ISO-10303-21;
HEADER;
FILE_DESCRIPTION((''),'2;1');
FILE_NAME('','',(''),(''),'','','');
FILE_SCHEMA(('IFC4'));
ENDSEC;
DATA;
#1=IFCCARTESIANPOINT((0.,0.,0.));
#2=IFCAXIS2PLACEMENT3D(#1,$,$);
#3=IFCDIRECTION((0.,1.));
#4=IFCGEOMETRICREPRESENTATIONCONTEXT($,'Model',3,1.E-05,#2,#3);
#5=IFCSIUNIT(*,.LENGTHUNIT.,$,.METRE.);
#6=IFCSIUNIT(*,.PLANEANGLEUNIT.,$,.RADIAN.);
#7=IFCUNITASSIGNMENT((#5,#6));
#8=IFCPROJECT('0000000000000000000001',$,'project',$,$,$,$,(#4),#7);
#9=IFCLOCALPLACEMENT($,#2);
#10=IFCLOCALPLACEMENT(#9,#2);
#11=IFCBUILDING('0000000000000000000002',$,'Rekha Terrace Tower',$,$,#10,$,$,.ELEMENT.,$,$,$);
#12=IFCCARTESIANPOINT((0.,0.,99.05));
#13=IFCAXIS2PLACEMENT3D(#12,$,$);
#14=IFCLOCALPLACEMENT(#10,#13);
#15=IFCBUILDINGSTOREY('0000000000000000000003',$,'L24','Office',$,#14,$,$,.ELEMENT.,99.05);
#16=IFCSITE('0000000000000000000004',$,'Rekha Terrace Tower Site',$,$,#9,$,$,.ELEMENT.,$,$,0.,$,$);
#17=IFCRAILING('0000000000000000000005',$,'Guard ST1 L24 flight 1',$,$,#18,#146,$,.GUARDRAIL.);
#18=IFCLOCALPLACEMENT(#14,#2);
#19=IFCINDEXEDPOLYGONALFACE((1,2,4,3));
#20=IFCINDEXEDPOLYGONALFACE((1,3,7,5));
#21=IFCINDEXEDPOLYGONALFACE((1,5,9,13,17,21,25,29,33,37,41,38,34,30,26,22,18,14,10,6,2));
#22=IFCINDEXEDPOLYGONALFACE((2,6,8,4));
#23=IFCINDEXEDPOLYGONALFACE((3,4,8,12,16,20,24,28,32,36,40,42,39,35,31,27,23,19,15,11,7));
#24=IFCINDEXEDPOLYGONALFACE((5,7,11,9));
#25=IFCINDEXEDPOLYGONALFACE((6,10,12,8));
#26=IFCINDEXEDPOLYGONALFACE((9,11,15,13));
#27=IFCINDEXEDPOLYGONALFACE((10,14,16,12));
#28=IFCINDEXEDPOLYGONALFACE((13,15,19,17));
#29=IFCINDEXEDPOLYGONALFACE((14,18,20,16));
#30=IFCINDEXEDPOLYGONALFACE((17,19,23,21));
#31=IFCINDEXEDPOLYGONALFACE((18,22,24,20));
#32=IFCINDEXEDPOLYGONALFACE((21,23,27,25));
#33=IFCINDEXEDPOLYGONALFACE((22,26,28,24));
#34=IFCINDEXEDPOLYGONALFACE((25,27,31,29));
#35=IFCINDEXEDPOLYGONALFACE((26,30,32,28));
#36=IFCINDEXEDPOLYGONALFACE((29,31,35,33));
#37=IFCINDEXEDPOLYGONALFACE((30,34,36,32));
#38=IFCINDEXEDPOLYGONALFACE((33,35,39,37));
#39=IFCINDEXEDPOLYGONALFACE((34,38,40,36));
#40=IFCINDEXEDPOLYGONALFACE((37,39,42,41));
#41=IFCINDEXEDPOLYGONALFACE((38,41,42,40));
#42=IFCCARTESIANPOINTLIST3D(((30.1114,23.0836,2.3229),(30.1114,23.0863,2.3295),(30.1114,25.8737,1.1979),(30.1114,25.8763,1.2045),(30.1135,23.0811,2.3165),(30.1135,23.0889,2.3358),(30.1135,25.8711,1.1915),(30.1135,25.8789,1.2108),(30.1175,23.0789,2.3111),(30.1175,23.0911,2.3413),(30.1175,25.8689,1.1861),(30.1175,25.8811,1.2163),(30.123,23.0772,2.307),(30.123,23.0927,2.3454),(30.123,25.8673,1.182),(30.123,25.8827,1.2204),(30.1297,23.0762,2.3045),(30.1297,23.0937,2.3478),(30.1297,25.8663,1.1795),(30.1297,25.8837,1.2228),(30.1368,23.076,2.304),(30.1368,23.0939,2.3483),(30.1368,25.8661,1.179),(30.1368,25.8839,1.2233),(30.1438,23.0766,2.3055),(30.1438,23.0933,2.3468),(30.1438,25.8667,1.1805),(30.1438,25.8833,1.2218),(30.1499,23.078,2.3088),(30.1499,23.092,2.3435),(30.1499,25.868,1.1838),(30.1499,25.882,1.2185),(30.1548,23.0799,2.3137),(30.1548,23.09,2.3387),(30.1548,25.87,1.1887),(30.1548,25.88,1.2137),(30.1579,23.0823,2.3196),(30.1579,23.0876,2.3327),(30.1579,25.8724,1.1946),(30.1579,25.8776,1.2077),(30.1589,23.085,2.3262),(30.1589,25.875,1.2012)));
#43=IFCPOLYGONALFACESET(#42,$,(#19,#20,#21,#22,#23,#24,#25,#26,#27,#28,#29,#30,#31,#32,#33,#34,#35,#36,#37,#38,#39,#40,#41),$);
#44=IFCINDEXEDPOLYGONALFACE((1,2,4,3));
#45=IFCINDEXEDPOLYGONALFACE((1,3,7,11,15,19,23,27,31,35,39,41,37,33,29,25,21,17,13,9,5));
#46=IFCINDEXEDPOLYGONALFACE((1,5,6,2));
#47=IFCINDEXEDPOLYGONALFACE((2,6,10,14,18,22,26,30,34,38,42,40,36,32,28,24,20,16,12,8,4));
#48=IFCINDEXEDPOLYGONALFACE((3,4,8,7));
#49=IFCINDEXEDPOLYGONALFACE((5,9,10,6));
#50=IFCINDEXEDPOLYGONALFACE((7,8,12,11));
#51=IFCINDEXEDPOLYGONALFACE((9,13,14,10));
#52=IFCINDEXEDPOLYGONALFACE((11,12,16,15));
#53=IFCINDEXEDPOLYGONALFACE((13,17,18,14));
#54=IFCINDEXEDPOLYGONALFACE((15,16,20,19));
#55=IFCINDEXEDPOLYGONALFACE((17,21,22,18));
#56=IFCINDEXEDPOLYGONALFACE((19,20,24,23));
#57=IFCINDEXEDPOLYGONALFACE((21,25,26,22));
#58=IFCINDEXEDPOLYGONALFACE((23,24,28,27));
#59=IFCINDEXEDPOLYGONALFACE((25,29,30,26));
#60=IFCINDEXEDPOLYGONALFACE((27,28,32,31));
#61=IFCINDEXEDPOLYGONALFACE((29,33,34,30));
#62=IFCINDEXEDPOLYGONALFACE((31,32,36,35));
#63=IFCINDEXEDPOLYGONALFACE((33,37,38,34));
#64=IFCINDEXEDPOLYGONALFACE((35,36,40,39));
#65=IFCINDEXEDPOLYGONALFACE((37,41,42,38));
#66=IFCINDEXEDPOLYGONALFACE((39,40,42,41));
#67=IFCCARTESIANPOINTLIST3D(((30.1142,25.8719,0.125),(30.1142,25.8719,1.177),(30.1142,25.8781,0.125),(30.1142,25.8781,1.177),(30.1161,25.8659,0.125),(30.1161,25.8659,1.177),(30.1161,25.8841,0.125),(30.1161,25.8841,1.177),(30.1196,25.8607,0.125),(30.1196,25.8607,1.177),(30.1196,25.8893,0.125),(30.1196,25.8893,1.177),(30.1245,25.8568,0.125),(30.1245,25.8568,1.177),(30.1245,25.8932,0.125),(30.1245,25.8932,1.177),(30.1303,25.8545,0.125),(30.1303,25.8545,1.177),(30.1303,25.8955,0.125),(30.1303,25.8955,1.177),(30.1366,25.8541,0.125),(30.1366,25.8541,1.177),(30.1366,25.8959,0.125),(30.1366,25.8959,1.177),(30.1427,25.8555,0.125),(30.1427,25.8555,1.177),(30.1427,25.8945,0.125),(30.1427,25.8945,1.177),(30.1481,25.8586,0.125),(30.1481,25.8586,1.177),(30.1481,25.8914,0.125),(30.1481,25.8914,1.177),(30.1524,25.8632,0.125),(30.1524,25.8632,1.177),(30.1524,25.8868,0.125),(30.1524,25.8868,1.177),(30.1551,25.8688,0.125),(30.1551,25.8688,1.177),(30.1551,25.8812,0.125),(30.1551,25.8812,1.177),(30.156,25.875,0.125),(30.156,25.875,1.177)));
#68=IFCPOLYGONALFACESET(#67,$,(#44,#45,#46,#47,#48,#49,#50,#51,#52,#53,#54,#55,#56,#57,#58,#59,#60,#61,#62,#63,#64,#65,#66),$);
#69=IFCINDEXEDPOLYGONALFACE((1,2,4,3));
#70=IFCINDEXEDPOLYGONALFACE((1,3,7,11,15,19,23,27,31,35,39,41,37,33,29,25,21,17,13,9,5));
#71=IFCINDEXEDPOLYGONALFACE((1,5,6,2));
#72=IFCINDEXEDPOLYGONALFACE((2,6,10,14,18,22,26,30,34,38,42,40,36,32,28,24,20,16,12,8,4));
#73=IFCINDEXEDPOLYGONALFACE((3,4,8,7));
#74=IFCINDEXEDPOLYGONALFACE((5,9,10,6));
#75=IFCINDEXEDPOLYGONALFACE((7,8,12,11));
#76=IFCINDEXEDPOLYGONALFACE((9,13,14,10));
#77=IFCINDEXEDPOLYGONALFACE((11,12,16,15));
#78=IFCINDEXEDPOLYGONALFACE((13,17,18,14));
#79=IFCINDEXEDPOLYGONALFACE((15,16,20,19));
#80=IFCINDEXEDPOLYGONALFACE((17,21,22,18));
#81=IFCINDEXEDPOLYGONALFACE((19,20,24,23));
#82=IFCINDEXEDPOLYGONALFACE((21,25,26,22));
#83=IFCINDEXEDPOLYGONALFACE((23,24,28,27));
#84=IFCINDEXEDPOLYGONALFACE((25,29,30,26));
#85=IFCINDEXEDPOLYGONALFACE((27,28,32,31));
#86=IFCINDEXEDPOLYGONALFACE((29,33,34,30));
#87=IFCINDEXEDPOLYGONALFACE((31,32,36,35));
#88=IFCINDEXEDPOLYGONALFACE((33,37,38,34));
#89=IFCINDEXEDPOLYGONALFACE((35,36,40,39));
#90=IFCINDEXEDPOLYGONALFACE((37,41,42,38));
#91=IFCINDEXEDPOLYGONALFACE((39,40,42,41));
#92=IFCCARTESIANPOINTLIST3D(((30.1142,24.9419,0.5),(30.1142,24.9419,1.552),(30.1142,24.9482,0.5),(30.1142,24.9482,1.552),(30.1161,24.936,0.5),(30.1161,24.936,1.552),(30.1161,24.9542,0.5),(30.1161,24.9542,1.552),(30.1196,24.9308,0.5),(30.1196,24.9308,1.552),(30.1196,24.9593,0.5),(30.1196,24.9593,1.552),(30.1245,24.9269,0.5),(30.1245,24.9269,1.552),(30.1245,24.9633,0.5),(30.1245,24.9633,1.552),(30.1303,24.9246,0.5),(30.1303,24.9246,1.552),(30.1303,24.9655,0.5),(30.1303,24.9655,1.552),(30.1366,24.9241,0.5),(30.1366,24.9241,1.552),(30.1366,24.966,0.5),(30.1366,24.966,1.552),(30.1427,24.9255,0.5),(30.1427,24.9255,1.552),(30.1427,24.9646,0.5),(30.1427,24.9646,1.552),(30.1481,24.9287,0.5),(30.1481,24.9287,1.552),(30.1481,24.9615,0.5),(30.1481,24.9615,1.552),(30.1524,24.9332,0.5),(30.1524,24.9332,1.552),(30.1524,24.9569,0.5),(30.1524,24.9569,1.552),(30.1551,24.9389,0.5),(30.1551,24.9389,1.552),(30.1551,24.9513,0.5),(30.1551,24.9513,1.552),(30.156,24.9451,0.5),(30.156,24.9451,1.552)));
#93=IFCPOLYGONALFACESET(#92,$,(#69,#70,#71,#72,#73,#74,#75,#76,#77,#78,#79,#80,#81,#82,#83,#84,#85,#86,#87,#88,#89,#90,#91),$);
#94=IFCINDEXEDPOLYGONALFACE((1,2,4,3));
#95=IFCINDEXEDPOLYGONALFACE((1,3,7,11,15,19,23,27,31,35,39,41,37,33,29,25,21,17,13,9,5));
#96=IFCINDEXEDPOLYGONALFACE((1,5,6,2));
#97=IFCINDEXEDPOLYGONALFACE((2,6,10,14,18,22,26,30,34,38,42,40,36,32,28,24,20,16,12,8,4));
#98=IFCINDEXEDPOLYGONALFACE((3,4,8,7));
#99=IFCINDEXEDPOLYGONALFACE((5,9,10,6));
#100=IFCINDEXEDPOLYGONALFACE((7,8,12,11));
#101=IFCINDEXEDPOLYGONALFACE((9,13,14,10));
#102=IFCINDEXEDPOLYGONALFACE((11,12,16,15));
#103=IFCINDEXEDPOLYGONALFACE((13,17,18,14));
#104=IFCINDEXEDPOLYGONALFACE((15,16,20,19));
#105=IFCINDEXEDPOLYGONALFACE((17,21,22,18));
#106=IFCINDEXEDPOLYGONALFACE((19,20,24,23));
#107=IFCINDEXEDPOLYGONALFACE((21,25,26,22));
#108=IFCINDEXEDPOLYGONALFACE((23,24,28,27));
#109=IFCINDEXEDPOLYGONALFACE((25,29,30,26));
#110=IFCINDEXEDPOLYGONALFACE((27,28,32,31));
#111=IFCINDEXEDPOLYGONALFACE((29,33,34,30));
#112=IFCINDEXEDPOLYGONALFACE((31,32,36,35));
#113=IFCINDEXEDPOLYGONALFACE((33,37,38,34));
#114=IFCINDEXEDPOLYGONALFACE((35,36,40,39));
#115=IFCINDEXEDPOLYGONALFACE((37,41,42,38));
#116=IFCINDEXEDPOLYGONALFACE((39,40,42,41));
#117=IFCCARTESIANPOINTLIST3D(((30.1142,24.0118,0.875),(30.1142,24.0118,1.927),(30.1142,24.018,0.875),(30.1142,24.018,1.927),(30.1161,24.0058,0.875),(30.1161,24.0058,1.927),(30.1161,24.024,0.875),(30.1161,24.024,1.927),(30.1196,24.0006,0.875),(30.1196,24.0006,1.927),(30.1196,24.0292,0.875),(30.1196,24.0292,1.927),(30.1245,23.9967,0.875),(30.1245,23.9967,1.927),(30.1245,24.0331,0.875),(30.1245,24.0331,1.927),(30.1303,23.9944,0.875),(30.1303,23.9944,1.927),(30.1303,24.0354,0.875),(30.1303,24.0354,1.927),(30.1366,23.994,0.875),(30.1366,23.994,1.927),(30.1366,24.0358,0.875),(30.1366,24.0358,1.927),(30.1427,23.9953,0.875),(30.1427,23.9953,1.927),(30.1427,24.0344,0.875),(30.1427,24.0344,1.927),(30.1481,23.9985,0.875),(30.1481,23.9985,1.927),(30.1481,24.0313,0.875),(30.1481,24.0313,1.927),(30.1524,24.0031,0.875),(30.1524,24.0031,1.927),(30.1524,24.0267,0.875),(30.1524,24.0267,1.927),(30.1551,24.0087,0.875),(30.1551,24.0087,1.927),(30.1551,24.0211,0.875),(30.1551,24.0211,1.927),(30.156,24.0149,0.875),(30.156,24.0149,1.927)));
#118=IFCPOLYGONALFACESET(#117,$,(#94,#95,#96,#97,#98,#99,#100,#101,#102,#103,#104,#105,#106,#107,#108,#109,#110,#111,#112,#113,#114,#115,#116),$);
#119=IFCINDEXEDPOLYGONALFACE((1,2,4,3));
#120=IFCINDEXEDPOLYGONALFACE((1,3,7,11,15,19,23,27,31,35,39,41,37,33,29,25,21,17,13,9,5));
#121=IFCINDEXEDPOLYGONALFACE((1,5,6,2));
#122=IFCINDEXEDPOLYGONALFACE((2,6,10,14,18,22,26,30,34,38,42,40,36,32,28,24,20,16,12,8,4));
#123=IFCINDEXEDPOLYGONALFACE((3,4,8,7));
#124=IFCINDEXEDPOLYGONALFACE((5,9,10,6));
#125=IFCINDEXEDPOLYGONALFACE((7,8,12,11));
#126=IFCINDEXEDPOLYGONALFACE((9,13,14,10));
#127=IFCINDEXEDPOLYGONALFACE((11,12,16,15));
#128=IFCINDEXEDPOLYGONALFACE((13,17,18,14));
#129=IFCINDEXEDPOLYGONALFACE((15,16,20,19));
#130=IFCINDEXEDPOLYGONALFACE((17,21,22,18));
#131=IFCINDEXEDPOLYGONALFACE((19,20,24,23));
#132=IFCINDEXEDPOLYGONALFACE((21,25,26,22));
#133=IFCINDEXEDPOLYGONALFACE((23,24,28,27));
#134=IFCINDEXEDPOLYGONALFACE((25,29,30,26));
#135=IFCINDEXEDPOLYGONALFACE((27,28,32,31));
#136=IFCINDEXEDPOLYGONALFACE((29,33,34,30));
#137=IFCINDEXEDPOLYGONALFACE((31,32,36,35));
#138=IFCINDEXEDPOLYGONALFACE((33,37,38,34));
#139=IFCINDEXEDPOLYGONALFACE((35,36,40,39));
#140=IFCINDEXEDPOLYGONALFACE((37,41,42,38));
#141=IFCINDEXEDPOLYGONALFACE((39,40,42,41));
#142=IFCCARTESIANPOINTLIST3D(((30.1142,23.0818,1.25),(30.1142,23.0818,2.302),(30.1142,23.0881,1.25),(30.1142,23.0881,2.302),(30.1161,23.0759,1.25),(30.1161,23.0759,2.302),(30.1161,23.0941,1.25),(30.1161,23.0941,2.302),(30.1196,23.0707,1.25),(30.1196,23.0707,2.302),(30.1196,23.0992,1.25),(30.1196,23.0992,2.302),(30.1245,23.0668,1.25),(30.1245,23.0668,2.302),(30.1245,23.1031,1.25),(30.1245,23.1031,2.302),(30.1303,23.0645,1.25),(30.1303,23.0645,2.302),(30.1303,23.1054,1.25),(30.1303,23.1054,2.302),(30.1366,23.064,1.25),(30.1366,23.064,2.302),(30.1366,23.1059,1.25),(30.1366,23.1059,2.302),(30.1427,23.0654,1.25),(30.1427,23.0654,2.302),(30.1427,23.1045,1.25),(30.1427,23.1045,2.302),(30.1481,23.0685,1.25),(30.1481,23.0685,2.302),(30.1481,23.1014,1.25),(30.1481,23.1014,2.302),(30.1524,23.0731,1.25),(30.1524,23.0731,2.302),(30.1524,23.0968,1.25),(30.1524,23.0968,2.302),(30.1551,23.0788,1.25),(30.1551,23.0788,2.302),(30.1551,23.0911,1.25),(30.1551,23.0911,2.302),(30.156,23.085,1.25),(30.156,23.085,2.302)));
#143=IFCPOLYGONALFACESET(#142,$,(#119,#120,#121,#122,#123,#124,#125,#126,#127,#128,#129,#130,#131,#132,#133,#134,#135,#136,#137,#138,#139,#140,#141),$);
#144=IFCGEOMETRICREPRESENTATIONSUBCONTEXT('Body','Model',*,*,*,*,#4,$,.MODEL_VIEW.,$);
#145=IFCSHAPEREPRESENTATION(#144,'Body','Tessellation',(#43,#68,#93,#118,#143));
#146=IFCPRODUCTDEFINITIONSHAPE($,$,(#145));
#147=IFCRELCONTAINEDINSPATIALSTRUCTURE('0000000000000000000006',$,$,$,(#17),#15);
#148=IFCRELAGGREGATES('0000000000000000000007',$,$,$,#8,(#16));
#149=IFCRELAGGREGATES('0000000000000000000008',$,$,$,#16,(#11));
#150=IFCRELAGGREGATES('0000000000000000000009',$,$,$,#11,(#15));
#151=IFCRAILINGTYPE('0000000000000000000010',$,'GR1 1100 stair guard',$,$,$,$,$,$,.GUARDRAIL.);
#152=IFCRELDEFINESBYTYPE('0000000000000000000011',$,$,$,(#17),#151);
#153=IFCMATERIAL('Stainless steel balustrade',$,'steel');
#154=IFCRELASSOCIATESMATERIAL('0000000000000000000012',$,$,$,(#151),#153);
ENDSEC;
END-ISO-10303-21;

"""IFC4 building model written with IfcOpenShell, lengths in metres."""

from ifc_helpers import new_model, si_unit, direction, frame, origin, origin_2d, place, context, subcontext, project, spatial, circle, extrude, material, type_object, element, save


model = new_model("IFC4")

# Units and contexts
model_context = context("Model", 3, precision=1e-05, world=origin(), true_north=direction((0.0, 1.0)))
body_context = subcontext(model_context, "Body", "Model", "MODEL_VIEW")
ifc_project = project(units=[si_unit("LENGTHUNIT", "METRE"), si_unit("PLANEANGLEUNIT", "RADIAN")], contexts=[model_context])

# Site, building, storey
site_placement = place(None, origin())
site = spatial("IfcSite", under=ifc_project, at=site_placement, Name="Rekha Terrace Tower Site", CompositionType="ELEMENT", RefElevation=0.0)
building_placement = place(site_placement, origin())
building = spatial("IfcBuilding", under=site, at=building_placement, Name="Rekha Terrace Tower", CompositionType="ELEMENT")
storey_placement = place(building_placement, frame((0.0, 0.0, 99.05)))
storey = spatial("IfcBuildingStorey", under=building, at=storey_placement, Name="L24", Description="Office", CompositionType="ELEMENT", Elevation=99.05)

# Railing
ifc_material_1 = material(Name="Stainless steel balustrade", Category="steel")
railing_type_1 = type_object("IfcRailingType", Name="GR1 1100 stair guard", PredefinedType="GUARDRAIL", material=ifc_material_1)
railing_1_placement = place(storey_placement, frame((30.135, 25.875, 0.125)))
element("IfcRailing", 1, at=railing_1_placement, inside=storey, type_object=railing_type_1, Name="Guard ST1 L24 flight 1", PredefinedType="GUARDRAIL", context=body_context, shape_type="SweptSolid", body=[
    extrude(circle(Radius=0.0239, at=origin_2d()), frame((0.0, 0.0, 1.0762), z_axis=(0.0, -0.927443, 0.373964), x_axis=(1.0, 0.0, 0.0)), (0.0, 0.0, 1.0), 3.0083),
    extrude(circle(Radius=0.021, at=origin_2d()), origin(), (0.0, 0.0, 1.0), 1.052),
    extrude(circle(Radius=0.021, at=origin_2d()), frame((0.0, -0.9299, 0.375)), (0.0, 0.0, 1.0), 1.052),
    extrude(circle(Radius=0.021, at=origin_2d()), frame((0.0, -1.8601, 0.75)), (0.0, 0.0, 1.0), 1.052),
    extrude(circle(Radius=0.021, at=origin_2d()), frame((0.0, -2.79, 1.125)), (0.0, 0.0, 1.0), 1.052),
])

save(model, "model.ifc")
